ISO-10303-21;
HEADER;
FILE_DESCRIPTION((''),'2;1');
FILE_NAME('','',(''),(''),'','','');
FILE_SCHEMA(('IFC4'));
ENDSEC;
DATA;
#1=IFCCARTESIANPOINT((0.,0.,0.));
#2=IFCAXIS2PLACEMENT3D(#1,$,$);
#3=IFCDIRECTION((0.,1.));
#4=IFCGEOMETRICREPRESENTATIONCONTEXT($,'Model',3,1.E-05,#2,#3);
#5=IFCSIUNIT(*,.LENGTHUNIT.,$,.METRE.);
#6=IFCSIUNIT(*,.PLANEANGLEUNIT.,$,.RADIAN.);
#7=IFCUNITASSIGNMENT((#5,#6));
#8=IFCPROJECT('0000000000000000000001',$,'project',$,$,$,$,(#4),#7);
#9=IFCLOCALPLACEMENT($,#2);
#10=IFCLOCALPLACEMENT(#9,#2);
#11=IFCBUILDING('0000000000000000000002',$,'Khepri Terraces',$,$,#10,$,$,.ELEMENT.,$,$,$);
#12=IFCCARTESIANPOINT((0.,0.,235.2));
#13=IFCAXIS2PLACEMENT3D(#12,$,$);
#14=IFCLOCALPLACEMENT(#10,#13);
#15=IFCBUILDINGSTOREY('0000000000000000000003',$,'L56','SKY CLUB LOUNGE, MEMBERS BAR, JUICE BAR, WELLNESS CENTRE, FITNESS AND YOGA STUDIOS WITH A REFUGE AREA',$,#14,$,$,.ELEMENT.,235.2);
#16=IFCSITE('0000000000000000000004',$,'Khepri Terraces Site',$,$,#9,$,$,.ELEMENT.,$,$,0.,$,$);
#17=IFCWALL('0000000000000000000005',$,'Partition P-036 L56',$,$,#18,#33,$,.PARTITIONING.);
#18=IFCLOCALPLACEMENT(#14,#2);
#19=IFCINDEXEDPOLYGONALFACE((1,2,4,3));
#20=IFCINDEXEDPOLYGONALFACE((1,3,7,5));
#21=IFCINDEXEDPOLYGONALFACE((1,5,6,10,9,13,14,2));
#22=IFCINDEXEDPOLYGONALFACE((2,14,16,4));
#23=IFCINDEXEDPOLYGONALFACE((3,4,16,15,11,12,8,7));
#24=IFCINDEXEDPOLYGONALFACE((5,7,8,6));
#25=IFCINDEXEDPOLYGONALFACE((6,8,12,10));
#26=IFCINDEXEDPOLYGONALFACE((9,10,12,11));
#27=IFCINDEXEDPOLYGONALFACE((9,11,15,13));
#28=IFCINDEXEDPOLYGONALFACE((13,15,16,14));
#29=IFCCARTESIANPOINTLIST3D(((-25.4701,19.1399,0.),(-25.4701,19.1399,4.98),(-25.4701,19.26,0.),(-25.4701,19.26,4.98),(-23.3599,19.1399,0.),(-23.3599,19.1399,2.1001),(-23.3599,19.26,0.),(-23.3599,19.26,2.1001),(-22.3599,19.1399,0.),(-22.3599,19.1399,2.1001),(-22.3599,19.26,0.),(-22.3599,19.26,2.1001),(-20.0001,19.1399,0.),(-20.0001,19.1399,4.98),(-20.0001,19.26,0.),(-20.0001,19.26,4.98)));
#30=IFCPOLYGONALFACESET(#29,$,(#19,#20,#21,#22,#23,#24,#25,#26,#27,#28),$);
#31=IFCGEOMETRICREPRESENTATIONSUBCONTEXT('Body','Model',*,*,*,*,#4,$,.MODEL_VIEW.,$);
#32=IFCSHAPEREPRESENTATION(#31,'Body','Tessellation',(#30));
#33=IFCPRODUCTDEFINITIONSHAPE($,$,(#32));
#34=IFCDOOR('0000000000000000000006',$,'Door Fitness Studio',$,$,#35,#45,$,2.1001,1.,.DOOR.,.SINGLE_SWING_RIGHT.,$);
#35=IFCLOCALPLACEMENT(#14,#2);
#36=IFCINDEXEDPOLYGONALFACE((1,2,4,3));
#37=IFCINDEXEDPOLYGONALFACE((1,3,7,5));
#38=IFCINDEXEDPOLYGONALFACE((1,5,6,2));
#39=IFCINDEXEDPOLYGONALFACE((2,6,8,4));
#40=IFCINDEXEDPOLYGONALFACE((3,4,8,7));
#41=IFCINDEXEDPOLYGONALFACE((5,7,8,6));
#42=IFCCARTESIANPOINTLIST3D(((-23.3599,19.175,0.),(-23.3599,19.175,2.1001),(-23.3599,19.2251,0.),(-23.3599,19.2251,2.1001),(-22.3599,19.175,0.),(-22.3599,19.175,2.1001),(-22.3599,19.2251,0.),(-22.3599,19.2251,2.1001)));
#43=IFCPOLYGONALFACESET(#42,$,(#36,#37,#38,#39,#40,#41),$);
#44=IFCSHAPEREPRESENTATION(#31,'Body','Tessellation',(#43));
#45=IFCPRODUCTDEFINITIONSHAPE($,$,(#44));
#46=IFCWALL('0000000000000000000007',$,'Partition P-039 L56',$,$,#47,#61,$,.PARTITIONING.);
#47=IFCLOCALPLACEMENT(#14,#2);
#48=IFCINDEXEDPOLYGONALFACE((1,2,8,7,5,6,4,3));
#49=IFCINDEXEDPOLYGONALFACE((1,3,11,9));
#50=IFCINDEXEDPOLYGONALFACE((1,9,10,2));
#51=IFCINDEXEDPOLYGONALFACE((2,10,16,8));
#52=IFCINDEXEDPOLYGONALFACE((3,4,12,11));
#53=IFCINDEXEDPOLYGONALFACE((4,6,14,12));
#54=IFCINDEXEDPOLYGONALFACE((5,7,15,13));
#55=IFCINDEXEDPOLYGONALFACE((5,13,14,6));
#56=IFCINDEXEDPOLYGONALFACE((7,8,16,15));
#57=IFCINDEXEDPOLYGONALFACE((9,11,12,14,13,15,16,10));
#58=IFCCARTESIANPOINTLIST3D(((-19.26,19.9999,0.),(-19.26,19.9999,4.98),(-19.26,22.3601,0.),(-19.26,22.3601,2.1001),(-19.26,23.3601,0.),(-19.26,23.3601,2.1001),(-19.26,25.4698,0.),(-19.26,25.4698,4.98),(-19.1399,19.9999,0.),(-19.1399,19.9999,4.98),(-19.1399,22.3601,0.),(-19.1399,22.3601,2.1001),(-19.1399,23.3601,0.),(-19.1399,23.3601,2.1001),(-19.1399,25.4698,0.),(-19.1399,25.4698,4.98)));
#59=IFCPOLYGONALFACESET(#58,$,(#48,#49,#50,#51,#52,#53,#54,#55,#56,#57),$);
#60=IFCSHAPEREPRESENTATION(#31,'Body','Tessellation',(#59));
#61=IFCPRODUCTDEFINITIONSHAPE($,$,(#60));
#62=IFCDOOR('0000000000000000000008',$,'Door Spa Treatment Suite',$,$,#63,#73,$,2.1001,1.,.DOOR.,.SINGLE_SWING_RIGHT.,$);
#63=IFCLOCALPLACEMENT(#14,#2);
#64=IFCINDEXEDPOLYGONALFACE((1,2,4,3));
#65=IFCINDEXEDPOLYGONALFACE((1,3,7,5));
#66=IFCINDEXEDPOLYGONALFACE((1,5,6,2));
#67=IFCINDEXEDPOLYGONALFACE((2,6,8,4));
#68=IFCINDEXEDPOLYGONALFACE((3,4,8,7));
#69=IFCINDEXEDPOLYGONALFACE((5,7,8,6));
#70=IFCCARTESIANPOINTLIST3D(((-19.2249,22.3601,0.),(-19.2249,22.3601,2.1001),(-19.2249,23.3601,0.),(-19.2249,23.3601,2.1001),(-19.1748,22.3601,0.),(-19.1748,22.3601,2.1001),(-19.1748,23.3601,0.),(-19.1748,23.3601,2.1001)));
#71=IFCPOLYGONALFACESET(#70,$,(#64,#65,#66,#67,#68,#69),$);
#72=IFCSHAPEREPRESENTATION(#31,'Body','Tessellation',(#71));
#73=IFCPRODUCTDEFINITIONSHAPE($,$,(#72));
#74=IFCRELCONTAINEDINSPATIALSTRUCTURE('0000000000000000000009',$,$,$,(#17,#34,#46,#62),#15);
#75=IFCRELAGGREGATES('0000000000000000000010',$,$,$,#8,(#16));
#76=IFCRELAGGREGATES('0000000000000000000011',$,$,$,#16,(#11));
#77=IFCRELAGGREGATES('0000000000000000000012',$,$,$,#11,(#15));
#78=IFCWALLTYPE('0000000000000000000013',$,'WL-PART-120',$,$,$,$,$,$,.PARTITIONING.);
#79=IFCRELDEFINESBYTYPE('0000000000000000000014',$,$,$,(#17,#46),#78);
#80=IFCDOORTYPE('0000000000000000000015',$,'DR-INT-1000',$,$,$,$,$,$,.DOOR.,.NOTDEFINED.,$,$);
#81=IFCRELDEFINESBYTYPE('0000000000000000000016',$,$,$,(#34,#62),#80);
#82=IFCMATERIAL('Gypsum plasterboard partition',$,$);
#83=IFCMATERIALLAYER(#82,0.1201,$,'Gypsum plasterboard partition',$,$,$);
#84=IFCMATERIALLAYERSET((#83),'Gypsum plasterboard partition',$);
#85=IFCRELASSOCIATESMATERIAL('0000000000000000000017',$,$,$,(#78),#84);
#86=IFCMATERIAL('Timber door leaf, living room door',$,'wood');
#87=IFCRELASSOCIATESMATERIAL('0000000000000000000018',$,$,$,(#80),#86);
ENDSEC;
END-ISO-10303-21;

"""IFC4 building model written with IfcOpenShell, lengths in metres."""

from ifc_helpers import new_model, si_unit, direction, frame, frame_2d, origin, place, context, subcontext, project, spatial, rectangle, extrude, material, layer, layer_set, type_object, element, fill, save


model = new_model("IFC4")

# Units and contexts
model_context = context("Model", 3, precision=1e-05, world=origin(), true_north=direction((0.0, 1.0)))
body_context = subcontext(model_context, "Body", "Model", "MODEL_VIEW")
ifc_project = project(units=[si_unit("LENGTHUNIT", "METRE"), si_unit("PLANEANGLEUNIT", "RADIAN")], contexts=[model_context])

# Site, building, storey
site_placement = place(None, origin())
site = spatial("IfcSite", under=ifc_project, at=site_placement, Name="Khepri Terraces Site", CompositionType="ELEMENT", RefElevation=0.0)
building_placement = place(site_placement, origin())
building = spatial("IfcBuilding", under=site, at=building_placement, Name="Khepri Terraces", CompositionType="ELEMENT")
storey_placement = place(building_placement, frame((0.0, 0.0, 235.2)))
storey = spatial("IfcBuildingStorey", under=building, at=storey_placement, Name="L56", Description="SKY CLUB LOUNGE, MEMBERS BAR, JUICE BAR, WELLNESS CENTRE, FITNESS AND YOGA STUDIOS WITH A REFUGE AREA", CompositionType="ELEMENT", Elevation=235.2)

# Walls, openings, doors
ifc_material_1 = material(Name="Gypsum plasterboard partition")
ifc_layer_1 = layer(ifc_material_1, 0.1201, Name="Gypsum plasterboard partition")
ifc_layer_set_1 = layer_set([ifc_layer_1], Name="Gypsum plasterboard partition")
wall_type_1 = type_object("IfcWallType", Name="WL-PART-120", PredefinedType="PARTITIONING", material=ifc_layer_set_1)
wall_1_placement = place(storey_placement, frame((-25.47, 19.2, 0.0), z_axis=(0.0, 0.0, 1.0), x_axis=(1.0, 0.0, 0.0)))
wall_1 = element("IfcWall", 1, at=wall_1_placement, inside=storey, type_object=wall_type_1, Name="Partition P-036 L56", PredefinedType="PARTITIONING", context=body_context, shape_type="SweptSolid", body=[
    extrude(rectangle(XDim=5.47, YDim=0.1201, at=frame_2d((2.7349, 0.0))), origin(), (0.0, 0.0, 1.0), 4.98),
])
opening_1_placement = place(wall_1_placement, frame((2.1101, 0.0, 0.0)))
opening_1 = element("IfcOpeningElement", 2, at=opening_1_placement, cuts=wall_1, PredefinedType="OPENING", context=body_context, shape_type="SweptSolid", body=[
    extrude(rectangle(XDim=1.0, YDim=2.1001, at=frame_2d((0.5, 1.05))), frame((0.0, 0.0701, 0.0), z_axis=(0.0, -1.0, 0.0), x_axis=(1.0, 0.0, 0.0)), (0.0, 0.0, 1.0), 0.1401),
])
ifc_material_2 = material(Name="Timber door leaf, living room door", Category="wood")
door_type_1 = type_object("IfcDoorType", Name="DR-INT-1000", OperationType="NOTDEFINED", PredefinedType="DOOR", material=ifc_material_2)
door_1_placement = place(opening_1_placement, frame((1.0, 0.0, 0.0), z_axis=(0.0, 0.0, 1.0), x_axis=(-1.0, 0.0, 0.0)))
door_1 = element("IfcDoor", 3, at=door_1_placement, inside=storey, type_object=door_type_1, Name="Door Fitness Studio", OperationType="SINGLE_SWING_RIGHT", OverallHeight=2.1001, OverallWidth=1.0, PredefinedType="DOOR", context=body_context, shape_type="SweptSolid", body=[
    extrude(rectangle(XDim=1.0, YDim=2.1001, at=frame_2d((0.5, 1.05))), frame((0.0, 0.0249, 0.0), z_axis=(0.0, -1.0, 0.0), x_axis=(1.0, 0.0, 0.0)), (0.0, 0.0, 1.0), 0.05),
])
fill(opening_1, door_1)
wall_2_placement = place(storey_placement, frame((-19.2, 20.0, 0.0), z_axis=(0.0, 0.0, 1.0), x_axis=(0.0, 1.0, 0.0)))
wall_2 = element("IfcWall", 4, at=wall_2_placement, inside=storey, type_object=wall_type_1, Name="Partition P-039 L56", PredefinedType="PARTITIONING", context=body_context, shape_type="SweptSolid", body=[
    extrude(rectangle(XDim=5.47, YDim=0.1201, at=frame_2d((2.7349, 0.0))), origin(), (0.0, 0.0, 1.0), 4.98),
])
opening_2_placement = place(wall_2_placement, frame((2.3601, 0.0, 0.0)))
opening_2 = element("IfcOpeningElement", 5, at=opening_2_placement, cuts=wall_2, PredefinedType="OPENING", context=body_context, shape_type="SweptSolid", body=[
    extrude(rectangle(XDim=1.0, YDim=2.1001, at=frame_2d((0.5, 1.05))), frame((0.0, 0.0701, 0.0), z_axis=(0.0, -1.0, 0.0), x_axis=(1.0, 0.0, 0.0)), (0.0, 0.0, 1.0), 0.1401),
])
door_2_placement = place(opening_2_placement, origin())
door_2 = element("IfcDoor", 6, at=door_2_placement, inside=storey, type_object=door_type_1, Name="Door Spa Treatment Suite", OperationType="SINGLE_SWING_RIGHT", OverallHeight=2.1001, OverallWidth=1.0, PredefinedType="DOOR", context=body_context, shape_type="SweptSolid", body=[
    extrude(rectangle(XDim=1.0, YDim=2.1001, at=frame_2d((0.5, 1.05))), frame((0.0, 0.0249, 0.0), z_axis=(0.0, -1.0, 0.0), x_axis=(1.0, 0.0, 0.0)), (0.0, 0.0, 1.0), 0.05),
])
fill(opening_2, door_2)

save(model, "model.ifc")
